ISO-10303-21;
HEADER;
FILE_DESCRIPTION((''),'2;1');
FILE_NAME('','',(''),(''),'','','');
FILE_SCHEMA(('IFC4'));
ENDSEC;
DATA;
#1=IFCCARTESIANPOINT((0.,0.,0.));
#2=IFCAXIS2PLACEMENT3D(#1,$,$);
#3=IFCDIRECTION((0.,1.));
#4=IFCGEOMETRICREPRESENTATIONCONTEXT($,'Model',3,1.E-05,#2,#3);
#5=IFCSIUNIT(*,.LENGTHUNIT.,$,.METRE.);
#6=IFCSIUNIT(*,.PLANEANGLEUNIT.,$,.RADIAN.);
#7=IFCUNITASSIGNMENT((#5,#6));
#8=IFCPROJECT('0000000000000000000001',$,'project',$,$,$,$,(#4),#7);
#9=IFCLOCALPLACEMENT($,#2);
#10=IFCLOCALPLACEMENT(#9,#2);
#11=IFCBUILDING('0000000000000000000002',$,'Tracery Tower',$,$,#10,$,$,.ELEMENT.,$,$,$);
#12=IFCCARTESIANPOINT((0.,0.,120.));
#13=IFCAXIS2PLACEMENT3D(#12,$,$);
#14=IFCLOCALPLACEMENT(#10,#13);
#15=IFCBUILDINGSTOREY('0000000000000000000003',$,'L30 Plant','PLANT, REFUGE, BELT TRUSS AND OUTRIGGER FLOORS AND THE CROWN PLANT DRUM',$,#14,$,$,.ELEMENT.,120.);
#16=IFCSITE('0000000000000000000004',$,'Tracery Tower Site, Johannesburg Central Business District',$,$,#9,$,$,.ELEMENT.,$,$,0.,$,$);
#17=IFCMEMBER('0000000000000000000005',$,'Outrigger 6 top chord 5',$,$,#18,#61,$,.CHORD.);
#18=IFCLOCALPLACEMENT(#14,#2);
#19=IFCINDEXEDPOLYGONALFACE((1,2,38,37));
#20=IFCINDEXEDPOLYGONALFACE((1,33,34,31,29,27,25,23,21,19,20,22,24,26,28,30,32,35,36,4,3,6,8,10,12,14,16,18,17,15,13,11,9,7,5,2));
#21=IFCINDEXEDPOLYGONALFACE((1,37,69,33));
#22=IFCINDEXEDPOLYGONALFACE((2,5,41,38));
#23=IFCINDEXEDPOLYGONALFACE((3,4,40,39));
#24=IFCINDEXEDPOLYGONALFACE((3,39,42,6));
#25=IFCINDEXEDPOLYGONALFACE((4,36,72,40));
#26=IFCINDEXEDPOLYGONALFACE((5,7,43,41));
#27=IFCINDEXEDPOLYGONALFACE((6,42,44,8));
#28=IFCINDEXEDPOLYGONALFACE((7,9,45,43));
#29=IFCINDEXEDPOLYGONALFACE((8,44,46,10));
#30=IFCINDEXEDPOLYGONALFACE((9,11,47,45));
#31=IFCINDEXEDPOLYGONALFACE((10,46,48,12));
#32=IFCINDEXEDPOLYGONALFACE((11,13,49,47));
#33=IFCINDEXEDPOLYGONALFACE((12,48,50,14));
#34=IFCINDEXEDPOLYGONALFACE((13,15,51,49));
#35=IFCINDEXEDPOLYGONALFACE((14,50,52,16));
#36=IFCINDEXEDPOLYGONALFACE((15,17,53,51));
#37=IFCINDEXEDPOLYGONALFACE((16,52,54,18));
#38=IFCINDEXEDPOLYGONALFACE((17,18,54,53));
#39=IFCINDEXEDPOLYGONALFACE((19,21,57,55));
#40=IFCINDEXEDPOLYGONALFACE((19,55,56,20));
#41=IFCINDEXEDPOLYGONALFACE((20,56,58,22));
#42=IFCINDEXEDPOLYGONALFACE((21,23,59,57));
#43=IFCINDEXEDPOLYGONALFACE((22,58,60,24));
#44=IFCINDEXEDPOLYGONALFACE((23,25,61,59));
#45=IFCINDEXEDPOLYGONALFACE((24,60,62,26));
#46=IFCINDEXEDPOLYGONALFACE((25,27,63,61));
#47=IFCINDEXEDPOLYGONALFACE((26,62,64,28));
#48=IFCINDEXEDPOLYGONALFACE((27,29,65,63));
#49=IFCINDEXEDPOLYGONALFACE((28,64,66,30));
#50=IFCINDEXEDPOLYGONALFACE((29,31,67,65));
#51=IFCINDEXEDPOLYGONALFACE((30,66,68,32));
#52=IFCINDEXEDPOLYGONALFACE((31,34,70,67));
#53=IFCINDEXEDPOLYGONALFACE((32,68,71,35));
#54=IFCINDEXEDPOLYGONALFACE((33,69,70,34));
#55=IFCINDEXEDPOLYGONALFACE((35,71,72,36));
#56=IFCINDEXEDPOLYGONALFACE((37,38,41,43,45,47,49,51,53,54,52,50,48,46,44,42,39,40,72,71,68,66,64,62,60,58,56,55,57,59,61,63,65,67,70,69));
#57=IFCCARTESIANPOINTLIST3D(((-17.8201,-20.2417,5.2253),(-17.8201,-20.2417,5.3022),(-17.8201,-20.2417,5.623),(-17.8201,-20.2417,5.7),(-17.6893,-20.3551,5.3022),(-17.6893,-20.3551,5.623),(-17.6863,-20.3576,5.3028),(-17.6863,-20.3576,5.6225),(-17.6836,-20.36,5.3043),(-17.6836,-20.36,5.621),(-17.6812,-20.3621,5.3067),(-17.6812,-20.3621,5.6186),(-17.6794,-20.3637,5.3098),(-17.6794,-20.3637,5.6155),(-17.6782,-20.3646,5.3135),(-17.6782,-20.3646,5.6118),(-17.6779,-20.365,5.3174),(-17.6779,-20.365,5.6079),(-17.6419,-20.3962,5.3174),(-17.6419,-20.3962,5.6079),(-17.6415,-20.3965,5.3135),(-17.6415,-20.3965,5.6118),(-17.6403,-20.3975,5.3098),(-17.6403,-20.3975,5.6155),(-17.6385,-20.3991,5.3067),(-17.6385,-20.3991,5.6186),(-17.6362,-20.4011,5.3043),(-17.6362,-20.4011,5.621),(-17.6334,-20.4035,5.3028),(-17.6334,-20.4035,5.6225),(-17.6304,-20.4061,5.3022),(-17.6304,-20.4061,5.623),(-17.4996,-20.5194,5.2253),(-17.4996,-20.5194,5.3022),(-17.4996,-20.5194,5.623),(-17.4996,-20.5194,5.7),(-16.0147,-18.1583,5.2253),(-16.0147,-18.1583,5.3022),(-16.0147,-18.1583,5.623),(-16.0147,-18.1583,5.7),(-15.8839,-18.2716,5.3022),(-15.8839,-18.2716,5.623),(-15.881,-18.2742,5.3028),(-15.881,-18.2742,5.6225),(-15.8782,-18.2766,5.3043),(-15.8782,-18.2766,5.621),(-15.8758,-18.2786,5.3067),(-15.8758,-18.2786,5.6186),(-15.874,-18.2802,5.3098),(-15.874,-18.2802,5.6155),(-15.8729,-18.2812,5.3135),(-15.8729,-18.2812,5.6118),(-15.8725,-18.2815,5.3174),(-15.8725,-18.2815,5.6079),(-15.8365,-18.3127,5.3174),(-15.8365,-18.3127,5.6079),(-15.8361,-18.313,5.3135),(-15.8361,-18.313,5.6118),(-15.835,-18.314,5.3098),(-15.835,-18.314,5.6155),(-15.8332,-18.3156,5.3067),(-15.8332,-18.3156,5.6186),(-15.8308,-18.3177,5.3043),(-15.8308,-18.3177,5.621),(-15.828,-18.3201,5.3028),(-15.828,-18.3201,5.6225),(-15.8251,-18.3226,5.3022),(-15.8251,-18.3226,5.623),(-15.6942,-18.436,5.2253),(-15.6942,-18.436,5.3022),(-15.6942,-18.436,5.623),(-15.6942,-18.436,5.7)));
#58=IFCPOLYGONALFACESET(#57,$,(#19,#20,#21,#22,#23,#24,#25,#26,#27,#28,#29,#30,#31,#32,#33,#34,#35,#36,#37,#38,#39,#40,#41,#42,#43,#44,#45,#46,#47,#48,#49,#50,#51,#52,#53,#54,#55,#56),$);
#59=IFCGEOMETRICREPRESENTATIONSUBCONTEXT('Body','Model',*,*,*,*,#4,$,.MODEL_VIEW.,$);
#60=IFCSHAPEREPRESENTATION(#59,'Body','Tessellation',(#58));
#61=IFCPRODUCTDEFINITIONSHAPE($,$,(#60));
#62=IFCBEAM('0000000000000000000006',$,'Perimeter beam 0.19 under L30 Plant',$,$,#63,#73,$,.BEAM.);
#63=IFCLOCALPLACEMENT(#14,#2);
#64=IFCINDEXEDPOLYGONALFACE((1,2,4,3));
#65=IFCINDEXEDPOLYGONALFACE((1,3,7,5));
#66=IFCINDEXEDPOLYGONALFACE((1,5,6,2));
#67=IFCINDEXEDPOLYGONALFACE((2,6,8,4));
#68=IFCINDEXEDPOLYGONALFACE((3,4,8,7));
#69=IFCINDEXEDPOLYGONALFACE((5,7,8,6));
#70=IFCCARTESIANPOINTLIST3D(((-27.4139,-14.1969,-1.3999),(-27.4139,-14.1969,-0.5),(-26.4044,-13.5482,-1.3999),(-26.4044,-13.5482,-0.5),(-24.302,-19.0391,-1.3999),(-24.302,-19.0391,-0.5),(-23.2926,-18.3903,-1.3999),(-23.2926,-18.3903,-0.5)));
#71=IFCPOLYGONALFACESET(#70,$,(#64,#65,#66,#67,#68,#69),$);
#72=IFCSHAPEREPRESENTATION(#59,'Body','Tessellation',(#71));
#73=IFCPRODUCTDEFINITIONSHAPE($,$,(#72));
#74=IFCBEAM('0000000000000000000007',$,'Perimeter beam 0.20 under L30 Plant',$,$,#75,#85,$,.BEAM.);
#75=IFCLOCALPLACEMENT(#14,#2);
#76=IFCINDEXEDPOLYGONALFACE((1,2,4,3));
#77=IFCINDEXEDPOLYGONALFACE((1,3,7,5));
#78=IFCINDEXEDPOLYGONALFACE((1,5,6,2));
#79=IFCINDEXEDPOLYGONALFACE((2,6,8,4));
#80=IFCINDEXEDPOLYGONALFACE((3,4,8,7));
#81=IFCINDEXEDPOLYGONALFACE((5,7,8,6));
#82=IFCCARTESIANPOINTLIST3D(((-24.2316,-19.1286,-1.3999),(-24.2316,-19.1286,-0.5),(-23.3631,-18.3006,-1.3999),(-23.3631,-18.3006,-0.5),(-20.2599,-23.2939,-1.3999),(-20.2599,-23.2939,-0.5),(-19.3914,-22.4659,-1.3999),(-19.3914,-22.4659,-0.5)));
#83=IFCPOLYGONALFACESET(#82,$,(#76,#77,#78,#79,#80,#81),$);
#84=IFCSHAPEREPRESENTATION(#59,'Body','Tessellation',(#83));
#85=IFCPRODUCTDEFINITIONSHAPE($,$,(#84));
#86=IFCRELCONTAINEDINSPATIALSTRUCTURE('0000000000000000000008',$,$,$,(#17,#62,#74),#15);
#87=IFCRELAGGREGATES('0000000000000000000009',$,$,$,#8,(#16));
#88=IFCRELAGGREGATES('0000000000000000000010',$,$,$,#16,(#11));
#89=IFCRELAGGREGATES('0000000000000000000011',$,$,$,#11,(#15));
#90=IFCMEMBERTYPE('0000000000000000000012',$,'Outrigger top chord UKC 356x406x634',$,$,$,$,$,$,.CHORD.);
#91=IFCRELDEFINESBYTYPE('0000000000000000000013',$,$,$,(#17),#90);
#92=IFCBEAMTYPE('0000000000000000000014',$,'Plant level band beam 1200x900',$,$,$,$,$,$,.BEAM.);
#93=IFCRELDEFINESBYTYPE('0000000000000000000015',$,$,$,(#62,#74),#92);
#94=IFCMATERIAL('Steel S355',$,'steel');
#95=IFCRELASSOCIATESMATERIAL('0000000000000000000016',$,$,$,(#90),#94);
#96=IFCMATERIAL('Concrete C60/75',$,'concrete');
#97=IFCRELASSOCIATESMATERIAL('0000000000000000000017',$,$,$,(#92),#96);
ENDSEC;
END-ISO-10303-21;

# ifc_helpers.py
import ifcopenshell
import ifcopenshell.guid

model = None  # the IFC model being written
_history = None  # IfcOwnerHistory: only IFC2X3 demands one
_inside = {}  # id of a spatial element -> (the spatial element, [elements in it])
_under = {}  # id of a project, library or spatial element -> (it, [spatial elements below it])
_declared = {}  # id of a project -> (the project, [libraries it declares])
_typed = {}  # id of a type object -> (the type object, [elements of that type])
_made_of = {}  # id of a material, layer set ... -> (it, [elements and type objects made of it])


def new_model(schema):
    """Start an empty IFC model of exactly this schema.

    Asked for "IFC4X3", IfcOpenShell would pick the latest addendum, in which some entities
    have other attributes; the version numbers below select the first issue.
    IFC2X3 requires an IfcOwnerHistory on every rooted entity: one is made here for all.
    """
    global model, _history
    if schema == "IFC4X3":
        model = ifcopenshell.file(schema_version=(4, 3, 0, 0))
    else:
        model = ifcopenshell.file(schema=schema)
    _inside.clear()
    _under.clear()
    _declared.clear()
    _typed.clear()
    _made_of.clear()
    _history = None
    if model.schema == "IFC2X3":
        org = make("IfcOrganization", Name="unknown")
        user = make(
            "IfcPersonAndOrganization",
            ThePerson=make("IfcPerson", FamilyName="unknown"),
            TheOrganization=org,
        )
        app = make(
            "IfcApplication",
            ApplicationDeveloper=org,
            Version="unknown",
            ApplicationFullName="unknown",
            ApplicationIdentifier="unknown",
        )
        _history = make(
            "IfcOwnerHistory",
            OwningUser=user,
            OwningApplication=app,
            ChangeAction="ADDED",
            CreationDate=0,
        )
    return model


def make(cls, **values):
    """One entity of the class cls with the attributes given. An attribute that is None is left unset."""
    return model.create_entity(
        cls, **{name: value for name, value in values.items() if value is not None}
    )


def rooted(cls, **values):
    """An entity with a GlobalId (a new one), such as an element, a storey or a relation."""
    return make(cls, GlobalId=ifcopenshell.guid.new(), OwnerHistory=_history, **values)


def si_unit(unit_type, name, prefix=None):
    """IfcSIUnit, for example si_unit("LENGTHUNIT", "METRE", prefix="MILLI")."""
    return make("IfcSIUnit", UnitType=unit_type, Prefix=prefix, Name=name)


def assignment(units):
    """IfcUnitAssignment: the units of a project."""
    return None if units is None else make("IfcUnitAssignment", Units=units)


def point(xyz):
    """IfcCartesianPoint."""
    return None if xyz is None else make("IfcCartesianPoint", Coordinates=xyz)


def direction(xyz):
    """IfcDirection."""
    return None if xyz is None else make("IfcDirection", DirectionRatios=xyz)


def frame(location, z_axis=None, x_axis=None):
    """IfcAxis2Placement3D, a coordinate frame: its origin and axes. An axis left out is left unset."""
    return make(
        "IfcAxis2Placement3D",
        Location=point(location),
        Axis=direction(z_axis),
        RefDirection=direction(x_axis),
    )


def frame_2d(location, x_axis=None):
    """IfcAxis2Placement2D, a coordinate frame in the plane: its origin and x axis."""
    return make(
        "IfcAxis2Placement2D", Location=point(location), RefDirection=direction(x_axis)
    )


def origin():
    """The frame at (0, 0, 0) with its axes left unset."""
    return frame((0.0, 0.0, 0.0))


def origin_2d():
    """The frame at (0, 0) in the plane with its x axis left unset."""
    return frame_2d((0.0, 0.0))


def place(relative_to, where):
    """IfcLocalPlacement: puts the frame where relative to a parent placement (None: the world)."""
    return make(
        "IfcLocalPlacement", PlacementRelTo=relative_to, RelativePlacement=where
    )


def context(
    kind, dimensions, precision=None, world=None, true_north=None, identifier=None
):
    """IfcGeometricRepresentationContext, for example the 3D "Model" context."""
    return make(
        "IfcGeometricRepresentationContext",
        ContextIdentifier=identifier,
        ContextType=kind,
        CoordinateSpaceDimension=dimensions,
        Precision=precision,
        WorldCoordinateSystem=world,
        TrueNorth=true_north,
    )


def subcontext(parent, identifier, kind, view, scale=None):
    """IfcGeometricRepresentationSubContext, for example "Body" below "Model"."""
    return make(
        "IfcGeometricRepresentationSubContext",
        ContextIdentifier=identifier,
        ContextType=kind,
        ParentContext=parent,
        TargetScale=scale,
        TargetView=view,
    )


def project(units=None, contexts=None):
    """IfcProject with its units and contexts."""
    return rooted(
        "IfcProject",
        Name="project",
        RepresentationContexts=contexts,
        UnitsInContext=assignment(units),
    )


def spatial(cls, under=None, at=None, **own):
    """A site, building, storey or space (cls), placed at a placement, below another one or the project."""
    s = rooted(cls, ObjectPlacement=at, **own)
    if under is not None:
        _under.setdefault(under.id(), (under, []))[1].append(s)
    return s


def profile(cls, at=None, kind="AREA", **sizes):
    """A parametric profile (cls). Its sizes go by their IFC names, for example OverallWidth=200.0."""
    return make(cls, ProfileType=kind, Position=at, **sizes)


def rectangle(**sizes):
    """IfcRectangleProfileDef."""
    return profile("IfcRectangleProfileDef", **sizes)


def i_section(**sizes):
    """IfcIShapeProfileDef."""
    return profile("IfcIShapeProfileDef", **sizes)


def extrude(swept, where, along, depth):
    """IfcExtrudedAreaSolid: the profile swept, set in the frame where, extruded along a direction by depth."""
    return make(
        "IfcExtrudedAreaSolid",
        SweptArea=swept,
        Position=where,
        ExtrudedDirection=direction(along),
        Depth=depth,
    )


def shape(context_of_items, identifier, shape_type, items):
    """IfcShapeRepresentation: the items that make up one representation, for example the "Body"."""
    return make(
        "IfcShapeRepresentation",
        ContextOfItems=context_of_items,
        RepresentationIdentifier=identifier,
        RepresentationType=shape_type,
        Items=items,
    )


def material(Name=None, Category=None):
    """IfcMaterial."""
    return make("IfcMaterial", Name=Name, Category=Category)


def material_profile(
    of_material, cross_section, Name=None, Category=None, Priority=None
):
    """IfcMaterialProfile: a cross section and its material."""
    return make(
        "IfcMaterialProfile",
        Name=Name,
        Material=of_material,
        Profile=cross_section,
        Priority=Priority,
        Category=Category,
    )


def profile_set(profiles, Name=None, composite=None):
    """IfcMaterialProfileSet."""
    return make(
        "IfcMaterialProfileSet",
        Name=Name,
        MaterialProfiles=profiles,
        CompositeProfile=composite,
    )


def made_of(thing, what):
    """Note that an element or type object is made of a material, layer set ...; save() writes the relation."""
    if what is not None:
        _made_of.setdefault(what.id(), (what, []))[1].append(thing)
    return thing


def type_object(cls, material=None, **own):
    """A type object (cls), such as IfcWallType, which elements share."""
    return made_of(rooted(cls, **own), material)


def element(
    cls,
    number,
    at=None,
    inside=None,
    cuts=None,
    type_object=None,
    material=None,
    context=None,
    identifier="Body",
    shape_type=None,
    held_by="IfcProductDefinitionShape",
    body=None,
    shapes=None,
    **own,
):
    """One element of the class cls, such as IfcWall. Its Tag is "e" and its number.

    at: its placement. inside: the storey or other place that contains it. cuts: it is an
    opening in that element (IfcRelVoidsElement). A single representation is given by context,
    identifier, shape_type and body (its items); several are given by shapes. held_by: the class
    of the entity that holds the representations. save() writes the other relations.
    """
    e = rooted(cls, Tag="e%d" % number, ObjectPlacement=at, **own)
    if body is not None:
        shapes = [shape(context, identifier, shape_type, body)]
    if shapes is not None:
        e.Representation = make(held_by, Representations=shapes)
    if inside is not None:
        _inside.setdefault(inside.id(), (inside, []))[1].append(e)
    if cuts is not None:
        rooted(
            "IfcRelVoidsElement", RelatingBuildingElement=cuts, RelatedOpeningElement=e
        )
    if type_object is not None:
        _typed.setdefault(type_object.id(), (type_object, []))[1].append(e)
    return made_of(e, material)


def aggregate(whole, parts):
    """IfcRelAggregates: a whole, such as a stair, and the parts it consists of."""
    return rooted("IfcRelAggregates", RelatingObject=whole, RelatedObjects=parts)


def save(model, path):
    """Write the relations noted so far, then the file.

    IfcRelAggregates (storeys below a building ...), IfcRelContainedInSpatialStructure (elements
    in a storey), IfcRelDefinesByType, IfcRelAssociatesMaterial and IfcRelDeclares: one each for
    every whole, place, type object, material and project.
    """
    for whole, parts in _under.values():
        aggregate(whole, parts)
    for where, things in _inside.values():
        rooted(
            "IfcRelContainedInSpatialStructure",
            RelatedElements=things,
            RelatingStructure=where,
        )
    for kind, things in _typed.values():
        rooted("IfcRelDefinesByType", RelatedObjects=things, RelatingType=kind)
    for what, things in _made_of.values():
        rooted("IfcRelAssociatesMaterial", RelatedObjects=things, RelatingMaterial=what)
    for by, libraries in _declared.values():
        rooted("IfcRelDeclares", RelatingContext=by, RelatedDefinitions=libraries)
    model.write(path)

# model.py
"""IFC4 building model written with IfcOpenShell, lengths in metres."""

from ifc_helpers import new_model, si_unit, direction, frame, origin, origin_2d, place, context, subcontext, project, spatial, rectangle, i_section, extrude, material, material_profile, profile_set, type_object, element, save


model = new_model("IFC4")

# Units and contexts
model_context = context("Model", 3, precision=1e-05, world=origin(), true_north=direction((0.0, 1.0)))
body_context = subcontext(model_context, "Body", "Model", "MODEL_VIEW")
ifc_project = project(units=[si_unit("LENGTHUNIT", "METRE"), si_unit("PLANEANGLEUNIT", "RADIAN")], contexts=[model_context])

# Site, building, storey
site_placement = place(None, origin())
site = spatial("IfcSite", under=ifc_project, at=site_placement, Name="Tracery Tower Site, Johannesburg Central Business District", CompositionType="ELEMENT", RefElevation=0.0)
building_placement = place(site_placement, origin())
building = spatial("IfcBuilding", under=site, at=building_placement, Name="Tracery Tower", CompositionType="ELEMENT")
storey_placement = place(building_placement, frame((0.0, 0.0, 120.0)))
storey = spatial("IfcBuildingStorey", under=building, at=storey_placement, Name="L30 Plant", Description="PLANT, REFUGE, BELT TRUSS AND OUTRIGGER FLOORS AND THE CROWN PLANT DRUM", CompositionType="ELEMENT", Elevation=120.0)

# Member
ifc_material_1 = material(Name="Steel S355", Category="steel")
ifc_material_profile_1 = material_profile(ifc_material_1, i_section(OverallWidth=0.4241, OverallDepth=0.4746, WebThickness=0.0476, FlangeThickness=0.0769, FilletRadius=0.0151, at=origin_2d()), Name="UKC 356x406x634")
ifc_profile_set_1 = profile_set([ifc_material_profile_1], Name="Steel S355")
member_type_1 = type_object("IfcMemberType", Name="Outrigger top chord UKC 356x406x634", PredefinedType="CHORD", material=ifc_profile_set_1)
member_1_placement = place(storey_placement, frame((-15.8545, -18.2971, 5.4626), z_axis=(-0.654873, -0.755739, 0.0), x_axis=(0.755739, -0.654873, 0.0)))
element("IfcMember", 1, at=member_1_placement, inside=storey, type_object=member_type_1, Name="Outrigger 6 top chord 5", PredefinedType="CHORD", context=body_context, shape_type="SweptSolid", body=[
    extrude(i_section(OverallWidth=0.4241, OverallDepth=0.4746, WebThickness=0.0476, FlangeThickness=0.0769, FilletRadius=0.0151, at=origin_2d()), origin(), (0.0, 0.0, 1.0), 2.7568),
])

# Beams
ifc_material_2 = material(Name="Concrete C60/75", Category="concrete")
ifc_material_profile_2 = material_profile(ifc_material_2, rectangle(XDim=1.2, YDim=0.8999, at=origin_2d()), Name="RC 1200x900")
ifc_profile_set_2 = profile_set([ifc_material_profile_2], Name="Concrete C60/75")
beam_type = type_object("IfcBeamType", Name="Plant level band beam 1200x900", PredefinedType="BEAM", material=ifc_profile_set_2)
beam_1_placement = place(storey_placement, frame((-26.9092, -13.8726, -0.95), z_axis=(0.540644, -0.841252, 0.0), x_axis=(0.841252, 0.540644, 0.0)))
element("IfcBeam", 2, at=beam_1_placement, inside=storey, type_object=beam_type, Name="Perimeter beam 0.19 under L30 Plant", PredefinedType="BEAM", context=body_context, shape_type="SweptSolid", body=[
    extrude(rectangle(XDim=1.2, YDim=0.8999, at=origin_2d()), origin(), (0.0, 0.0, 1.0), 5.7559),
])
beam_2_placement = place(storey_placement, frame((-23.7974, -18.7146, -0.95), z_axis=(0.690087, -0.723726, 0.0), x_axis=(0.723726, 0.690087, 0.0)))
element("IfcBeam", 3, at=beam_2_placement, inside=storey, type_object=beam_type, Name="Perimeter beam 0.20 under L30 Plant", PredefinedType="BEAM", context=body_context, shape_type="SweptSolid", body=[
    extrude(rectangle(XDim=1.2, YDim=0.8999, at=origin_2d()), origin(), (0.0, 0.0, 1.0), 5.7554),
])

save(model, "model.ifc")
